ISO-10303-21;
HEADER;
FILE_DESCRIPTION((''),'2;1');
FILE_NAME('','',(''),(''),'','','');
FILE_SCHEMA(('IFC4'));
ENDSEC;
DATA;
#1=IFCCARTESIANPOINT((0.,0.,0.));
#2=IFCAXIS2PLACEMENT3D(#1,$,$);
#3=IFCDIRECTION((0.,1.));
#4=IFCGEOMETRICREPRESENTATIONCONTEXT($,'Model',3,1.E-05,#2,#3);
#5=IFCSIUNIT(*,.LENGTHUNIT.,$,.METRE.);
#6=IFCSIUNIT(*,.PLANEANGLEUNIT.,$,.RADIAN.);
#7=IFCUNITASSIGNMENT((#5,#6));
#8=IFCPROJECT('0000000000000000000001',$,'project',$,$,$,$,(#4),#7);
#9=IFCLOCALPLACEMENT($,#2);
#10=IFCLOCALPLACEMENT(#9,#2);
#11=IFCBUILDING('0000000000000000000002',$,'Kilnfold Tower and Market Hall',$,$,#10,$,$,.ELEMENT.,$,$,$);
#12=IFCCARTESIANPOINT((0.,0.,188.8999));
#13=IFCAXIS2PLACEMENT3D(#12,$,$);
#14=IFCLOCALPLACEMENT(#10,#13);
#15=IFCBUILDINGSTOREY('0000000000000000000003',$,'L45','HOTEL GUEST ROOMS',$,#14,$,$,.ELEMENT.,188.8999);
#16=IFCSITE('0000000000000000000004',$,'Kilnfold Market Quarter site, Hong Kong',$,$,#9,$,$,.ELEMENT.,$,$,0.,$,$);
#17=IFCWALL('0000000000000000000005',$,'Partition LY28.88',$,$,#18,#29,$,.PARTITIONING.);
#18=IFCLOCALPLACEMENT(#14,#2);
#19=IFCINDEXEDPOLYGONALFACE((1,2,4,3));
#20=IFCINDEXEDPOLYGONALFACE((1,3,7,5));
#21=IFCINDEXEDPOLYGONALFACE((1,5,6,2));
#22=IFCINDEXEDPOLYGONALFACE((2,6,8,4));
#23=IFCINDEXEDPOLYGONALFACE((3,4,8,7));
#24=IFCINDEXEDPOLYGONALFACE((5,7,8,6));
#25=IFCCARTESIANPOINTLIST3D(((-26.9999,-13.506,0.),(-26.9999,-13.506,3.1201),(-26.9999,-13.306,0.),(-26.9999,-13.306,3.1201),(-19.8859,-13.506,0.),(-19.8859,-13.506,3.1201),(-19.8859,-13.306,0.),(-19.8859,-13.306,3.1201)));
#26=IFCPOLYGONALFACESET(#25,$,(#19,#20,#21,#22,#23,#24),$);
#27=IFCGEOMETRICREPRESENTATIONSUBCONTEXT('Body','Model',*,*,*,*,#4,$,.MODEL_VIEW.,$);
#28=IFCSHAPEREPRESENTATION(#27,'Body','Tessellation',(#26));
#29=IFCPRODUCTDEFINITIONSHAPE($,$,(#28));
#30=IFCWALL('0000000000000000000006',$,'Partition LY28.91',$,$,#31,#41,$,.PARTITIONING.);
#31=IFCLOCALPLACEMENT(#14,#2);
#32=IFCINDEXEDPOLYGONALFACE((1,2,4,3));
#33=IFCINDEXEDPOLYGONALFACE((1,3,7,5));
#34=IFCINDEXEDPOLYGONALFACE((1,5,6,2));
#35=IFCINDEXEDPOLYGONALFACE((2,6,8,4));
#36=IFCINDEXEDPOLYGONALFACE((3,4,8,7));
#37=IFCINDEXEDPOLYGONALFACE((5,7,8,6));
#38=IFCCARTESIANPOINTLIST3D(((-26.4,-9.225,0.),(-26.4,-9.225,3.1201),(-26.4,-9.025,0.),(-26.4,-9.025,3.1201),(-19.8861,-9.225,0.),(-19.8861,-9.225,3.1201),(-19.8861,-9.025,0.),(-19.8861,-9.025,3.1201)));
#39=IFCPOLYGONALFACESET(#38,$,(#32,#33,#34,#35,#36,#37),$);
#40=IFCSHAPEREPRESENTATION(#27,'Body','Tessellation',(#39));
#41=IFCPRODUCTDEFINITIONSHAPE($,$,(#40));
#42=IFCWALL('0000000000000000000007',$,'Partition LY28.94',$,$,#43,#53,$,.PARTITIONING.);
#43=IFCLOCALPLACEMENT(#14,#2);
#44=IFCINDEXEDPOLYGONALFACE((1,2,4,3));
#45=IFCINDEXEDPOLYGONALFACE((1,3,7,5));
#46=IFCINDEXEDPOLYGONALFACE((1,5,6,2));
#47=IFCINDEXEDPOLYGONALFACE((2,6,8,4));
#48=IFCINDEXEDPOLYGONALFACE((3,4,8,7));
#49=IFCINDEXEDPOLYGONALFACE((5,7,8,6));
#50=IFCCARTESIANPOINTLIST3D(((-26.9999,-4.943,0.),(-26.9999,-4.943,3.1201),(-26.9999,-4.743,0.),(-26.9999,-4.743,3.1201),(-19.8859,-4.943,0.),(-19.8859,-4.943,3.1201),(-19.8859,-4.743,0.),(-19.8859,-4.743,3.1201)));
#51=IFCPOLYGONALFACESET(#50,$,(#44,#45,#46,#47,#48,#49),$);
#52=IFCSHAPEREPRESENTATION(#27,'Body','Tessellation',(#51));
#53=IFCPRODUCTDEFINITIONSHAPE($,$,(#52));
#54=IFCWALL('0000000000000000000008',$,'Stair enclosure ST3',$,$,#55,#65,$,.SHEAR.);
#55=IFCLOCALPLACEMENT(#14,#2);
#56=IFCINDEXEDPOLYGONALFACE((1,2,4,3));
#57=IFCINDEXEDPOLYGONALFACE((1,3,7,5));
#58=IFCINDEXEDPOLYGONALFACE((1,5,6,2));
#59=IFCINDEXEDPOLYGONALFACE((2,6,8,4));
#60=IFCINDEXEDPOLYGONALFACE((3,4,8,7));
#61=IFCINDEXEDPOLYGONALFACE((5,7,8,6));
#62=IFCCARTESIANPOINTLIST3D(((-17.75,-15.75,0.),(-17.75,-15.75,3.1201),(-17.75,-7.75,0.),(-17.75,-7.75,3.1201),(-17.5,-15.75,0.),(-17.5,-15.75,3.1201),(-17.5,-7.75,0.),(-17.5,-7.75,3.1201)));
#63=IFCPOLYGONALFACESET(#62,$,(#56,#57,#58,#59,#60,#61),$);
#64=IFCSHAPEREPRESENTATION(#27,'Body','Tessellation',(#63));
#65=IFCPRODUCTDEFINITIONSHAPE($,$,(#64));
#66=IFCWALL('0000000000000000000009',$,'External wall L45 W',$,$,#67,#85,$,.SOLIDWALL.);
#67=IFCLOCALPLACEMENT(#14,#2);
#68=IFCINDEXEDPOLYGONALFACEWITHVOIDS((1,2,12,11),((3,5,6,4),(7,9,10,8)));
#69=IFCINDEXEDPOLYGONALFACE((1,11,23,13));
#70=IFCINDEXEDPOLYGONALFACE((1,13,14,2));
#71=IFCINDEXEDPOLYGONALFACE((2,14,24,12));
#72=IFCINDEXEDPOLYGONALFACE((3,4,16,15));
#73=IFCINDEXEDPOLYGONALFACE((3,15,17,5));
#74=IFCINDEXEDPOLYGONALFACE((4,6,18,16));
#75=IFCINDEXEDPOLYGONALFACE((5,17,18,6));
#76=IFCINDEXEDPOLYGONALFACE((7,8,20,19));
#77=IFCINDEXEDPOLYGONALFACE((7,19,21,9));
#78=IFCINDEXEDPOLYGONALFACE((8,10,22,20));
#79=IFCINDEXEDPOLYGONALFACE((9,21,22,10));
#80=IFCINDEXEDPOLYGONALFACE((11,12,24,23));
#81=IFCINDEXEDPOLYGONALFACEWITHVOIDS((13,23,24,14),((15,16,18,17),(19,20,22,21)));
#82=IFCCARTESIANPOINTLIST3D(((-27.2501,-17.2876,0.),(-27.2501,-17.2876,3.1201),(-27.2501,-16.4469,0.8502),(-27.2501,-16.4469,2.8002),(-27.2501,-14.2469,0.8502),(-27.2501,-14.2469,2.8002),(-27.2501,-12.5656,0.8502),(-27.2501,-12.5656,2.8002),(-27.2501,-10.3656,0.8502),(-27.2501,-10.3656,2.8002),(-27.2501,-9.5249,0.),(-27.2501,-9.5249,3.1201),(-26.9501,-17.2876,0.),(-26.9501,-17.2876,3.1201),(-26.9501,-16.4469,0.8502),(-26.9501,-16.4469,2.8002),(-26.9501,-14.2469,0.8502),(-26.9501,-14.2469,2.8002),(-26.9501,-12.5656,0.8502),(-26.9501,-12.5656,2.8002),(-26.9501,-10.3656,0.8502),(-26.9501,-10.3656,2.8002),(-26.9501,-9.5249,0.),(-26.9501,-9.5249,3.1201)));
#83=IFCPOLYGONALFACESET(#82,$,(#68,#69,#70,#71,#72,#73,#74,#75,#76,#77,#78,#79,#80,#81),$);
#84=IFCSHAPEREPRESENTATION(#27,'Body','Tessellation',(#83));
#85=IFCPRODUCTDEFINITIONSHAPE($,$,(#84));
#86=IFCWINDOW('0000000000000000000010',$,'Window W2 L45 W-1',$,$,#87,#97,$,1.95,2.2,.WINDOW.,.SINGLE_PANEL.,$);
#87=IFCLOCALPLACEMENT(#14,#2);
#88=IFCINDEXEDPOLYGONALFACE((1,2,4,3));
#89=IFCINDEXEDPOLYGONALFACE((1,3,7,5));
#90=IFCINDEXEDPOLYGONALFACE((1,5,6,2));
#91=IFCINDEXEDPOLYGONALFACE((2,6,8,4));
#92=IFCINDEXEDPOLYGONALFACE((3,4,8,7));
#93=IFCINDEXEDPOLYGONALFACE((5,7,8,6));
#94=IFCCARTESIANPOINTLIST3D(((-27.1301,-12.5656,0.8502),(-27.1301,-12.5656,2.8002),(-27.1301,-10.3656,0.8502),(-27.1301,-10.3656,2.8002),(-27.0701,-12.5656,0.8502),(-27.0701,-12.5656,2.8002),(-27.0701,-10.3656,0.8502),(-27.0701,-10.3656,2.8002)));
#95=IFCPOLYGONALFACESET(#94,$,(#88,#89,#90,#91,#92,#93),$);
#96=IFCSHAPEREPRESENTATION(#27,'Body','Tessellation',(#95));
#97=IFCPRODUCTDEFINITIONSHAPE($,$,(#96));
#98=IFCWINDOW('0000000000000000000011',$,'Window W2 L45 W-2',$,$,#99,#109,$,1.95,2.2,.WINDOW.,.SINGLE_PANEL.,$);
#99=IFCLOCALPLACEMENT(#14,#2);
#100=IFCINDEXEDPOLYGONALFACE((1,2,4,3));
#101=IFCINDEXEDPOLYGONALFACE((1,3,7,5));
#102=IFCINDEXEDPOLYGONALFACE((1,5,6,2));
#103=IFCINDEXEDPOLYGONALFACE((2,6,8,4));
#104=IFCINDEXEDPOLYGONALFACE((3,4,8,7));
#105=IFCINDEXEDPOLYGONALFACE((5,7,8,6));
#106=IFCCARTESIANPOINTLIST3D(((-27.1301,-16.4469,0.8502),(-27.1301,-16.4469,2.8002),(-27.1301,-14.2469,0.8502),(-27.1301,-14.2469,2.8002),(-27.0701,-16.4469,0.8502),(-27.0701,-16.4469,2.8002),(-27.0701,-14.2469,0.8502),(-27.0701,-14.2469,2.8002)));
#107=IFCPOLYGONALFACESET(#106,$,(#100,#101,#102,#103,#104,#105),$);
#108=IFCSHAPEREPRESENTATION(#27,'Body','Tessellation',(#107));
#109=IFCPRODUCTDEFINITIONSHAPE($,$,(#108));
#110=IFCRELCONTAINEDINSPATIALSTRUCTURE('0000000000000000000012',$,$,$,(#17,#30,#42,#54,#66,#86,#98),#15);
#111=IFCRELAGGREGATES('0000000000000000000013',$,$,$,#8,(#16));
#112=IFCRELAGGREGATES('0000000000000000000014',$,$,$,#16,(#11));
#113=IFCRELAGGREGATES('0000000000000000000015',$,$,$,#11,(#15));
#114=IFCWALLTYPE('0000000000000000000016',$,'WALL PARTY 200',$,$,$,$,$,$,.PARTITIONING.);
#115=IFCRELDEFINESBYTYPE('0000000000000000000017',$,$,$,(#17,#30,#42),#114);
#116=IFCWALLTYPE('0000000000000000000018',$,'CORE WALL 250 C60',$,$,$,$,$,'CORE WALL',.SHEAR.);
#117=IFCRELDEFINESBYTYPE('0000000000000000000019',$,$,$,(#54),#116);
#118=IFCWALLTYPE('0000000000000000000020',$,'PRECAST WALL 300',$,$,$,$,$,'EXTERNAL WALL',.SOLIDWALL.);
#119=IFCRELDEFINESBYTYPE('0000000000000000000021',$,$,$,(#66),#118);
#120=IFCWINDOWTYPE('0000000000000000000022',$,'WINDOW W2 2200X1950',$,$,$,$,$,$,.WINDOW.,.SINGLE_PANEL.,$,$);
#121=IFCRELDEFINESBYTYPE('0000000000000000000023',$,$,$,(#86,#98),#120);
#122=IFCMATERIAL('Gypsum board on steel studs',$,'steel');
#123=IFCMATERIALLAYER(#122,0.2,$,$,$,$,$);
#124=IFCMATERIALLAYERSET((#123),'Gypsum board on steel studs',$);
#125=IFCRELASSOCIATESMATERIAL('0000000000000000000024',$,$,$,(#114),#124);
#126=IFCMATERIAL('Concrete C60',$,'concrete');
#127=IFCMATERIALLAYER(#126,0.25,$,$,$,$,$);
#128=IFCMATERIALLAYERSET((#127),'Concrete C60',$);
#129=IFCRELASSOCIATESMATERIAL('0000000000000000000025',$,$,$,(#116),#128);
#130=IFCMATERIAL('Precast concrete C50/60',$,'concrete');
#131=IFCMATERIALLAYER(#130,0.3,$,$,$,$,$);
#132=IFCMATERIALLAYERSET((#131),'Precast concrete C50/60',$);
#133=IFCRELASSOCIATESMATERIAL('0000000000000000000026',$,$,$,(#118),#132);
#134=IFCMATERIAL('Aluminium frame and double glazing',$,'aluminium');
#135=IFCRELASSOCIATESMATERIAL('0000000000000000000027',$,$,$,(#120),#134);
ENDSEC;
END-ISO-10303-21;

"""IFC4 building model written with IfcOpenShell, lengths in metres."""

from ifc_helpers import new_model, si_unit, direction, frame, frame_2d, origin, place, context, subcontext, project, spatial, rectangle, extrude, source, transform, mapped, material, layer, layer_set, type_object, element, fill, save


model = new_model("IFC4")

# Units and contexts
model_context = context("Model", 3, precision=1e-05, world=origin(), true_north=direction((0.0, 1.0)))
body_context = subcontext(model_context, "Body", "Model", "MODEL_VIEW")
ifc_project = project(units=[si_unit("LENGTHUNIT", "METRE"), si_unit("PLANEANGLEUNIT", "RADIAN")], contexts=[model_context])

# Site, building, storey
site_placement = place(None, origin())
site = spatial("IfcSite", under=ifc_project, at=site_placement, Name="Kilnfold Market Quarter site, Hong Kong", CompositionType="ELEMENT", RefElevation=0.0)
building_placement = place(site_placement, origin())
building = spatial("IfcBuilding", under=site, at=building_placement, Name="Kilnfold Tower and Market Hall", CompositionType="ELEMENT")
storey_placement = place(building_placement, frame((0.0, 0.0, 188.8999)))
storey = spatial("IfcBuildingStorey", under=building, at=storey_placement, Name="L45", Description="HOTEL GUEST ROOMS", CompositionType="ELEMENT", Elevation=188.8999)

# Walls
ifc_material_1 = material(Name="Gypsum board on steel studs", Category="steel")
ifc_layer_1 = layer(ifc_material_1, 0.2)
ifc_layer_set_1 = layer_set([ifc_layer_1], Name="Gypsum board on steel studs")
wall_type_1 = type_object("IfcWallType", Name="WALL PARTY 200", PredefinedType="PARTITIONING", material=ifc_layer_set_1)
wall_1_placement = place(storey_placement, frame((-27.0, -13.406, 0.0), z_axis=(0.0, 0.0, 1.0), x_axis=(1.0, 0.0, 0.0)))
element("IfcWall", 1, at=wall_1_placement, inside=storey, type_object=wall_type_1, Name="Partition LY28.88", PredefinedType="PARTITIONING", context=body_context, shape_type="SweptSolid", body=[
    extrude(rectangle(XDim=7.114, YDim=0.2, at=frame_2d((3.5571, 0.0))), origin(), (0.0, 0.0, 1.0), 3.1201),
])
wall_2_placement = place(storey_placement, frame((-26.3999, -9.125, 0.0), z_axis=(0.0, 0.0, 1.0), x_axis=(1.0, 0.0, 0.0)))
element("IfcWall", 2, at=wall_2_placement, inside=storey, type_object=wall_type_1, Name="Partition LY28.91", PredefinedType="PARTITIONING", context=body_context, shape_type="SweptSolid", body=[
    extrude(rectangle(XDim=6.5139, YDim=0.2, at=frame_2d((3.2568, 0.0))), origin(), (0.0, 0.0, 1.0), 3.1201),
])
wall_3_placement = place(storey_placement, frame((-27.0, -4.843, 0.0), z_axis=(0.0, 0.0, 1.0), x_axis=(1.0, 0.0, 0.0)))
element("IfcWall", 3, at=wall_3_placement, inside=storey, type_object=wall_type_1, Name="Partition LY28.94", PredefinedType="PARTITIONING", context=body_context, shape_type="SweptSolid", body=[
    extrude(rectangle(XDim=7.114, YDim=0.2, at=frame_2d((3.5571, 0.0))), origin(), (0.0, 0.0, 1.0), 3.1201),
])
ifc_material_2 = material(Name="Concrete C60", Category="concrete")
ifc_layer_2 = layer(ifc_material_2, 0.25)
ifc_layer_set_2 = layer_set([ifc_layer_2], Name="Concrete C60")
wall_type_2 = type_object("IfcWallType", Name="CORE WALL 250 C60", ElementType="CORE WALL", PredefinedType="SHEAR", material=ifc_layer_set_2)
shared_shape_1 = source(origin(), body_context, "Body", "SweptSolid", [
    extrude(rectangle(XDim=8.0, YDim=0.25, at=frame_2d((4.0, 0.0))), origin(), (0.0, 0.0, 1.0), 3.1201),
])
wall_4_placement = place(storey_placement, frame((-17.625, -15.75, 0.0), z_axis=(0.0, 0.0, 1.0), x_axis=(0.0, 1.0, 0.0)))
element("IfcWall", 4, at=wall_4_placement, inside=storey, type_object=wall_type_2, Name="Stair enclosure ST3", PredefinedType="SHEAR", context=body_context, shape_type="MappedRepresentation", body=[
    mapped(shared_shape_1, transform((0.0, 0.0, 0.0))),
])

# Wall, openings, windows
ifc_material_3 = material(Name="Precast concrete C50/60", Category="concrete")
ifc_layer_3 = layer(ifc_material_3, 0.3)
ifc_layer_set_3 = layer_set([ifc_layer_3], Name="Precast concrete C50/60")
wall_type_3 = type_object("IfcWallType", Name="PRECAST WALL 300", ElementType="EXTERNAL WALL", PredefinedType="SOLIDWALL", material=ifc_layer_set_3)
shared_shape_2 = source(origin(), body_context, "Body", "SweptSolid", [
    extrude(rectangle(XDim=7.7627, YDim=0.3, at=frame_2d((3.8813, 0.0))), origin(), (0.0, 0.0, 1.0), 3.1201),
])
wall_5_placement = place(storey_placement, frame((-27.1001, -9.5249, 0.0), z_axis=(0.0, 0.0, 1.0), x_axis=(0.0, -1.0, 0.0)))
wall_5 = element("IfcWall", 5, at=wall_5_placement, inside=storey, type_object=wall_type_3, Name="External wall L45 W", PredefinedType="SOLIDWALL", context=body_context, shape_type="MappedRepresentation", body=[
    mapped(shared_shape_2, transform((0.0, 0.0, 0.0))),
])
opening_1_placement = place(wall_5_placement, frame((0.8406, 0.0, 0.8501)))
opening_1 = element("IfcOpeningElement", 6, at=opening_1_placement, cuts=wall_5, PredefinedType="OPENING", context=body_context, shape_type="SweptSolid", body=[
    extrude(rectangle(XDim=2.2, YDim=1.95, at=frame_2d((1.1001, 0.9751))), frame((0.0, 0.1602, 0.0), z_axis=(0.0, -1.0, 0.0), x_axis=(1.0, 0.0, 0.0)), (0.0, 0.0, 1.0), 0.3201),
])
opening_2_placement = place(wall_5_placement, frame((4.7219, 0.0, 0.8501)))
opening_2 = element("IfcOpeningElement", 7, at=opening_2_placement, cuts=wall_5, PredefinedType="OPENING", context=body_context, shape_type="SweptSolid", body=[
    extrude(rectangle(XDim=2.2, YDim=1.95, at=frame_2d((1.1001, 0.9751))), frame((0.0, 0.1602, 0.0), z_axis=(0.0, -1.0, 0.0), x_axis=(1.0, 0.0, 0.0)), (0.0, 0.0, 1.0), 0.3201),
])
ifc_material_4 = material(Name="Aluminium frame and double glazing", Category="aluminium")
window_type = type_object("IfcWindowType", Name="WINDOW W2 2200X1950", PartitioningType="SINGLE_PANEL", PredefinedType="WINDOW", material=ifc_material_4)
window_1_placement = place(opening_1_placement, origin())
window_1 = element("IfcWindow", 8, at=window_1_placement, inside=storey, type_object=window_type, Name="Window W2 L45 W-1", OverallHeight=1.95, OverallWidth=2.2, PartitioningType="SINGLE_PANEL", PredefinedType="WINDOW", context=body_context, shape_type="SweptSolid", body=[
    extrude(rectangle(XDim=2.2, YDim=1.95, at=frame_2d((1.1001, 0.9751))), frame((0.0, 0.03, 0.0), z_axis=(0.0, -1.0, 0.0), x_axis=(1.0, 0.0, 0.0)), (0.0, 0.0, 1.0), 0.0601),
])
fill(opening_1, window_1)
window_2_placement = place(opening_2_placement, origin())
window_2 = element("IfcWindow", 9, at=window_2_placement, inside=storey, type_object=window_type, Name="Window W2 L45 W-2", OverallHeight=1.95, OverallWidth=2.2, PartitioningType="SINGLE_PANEL", PredefinedType="WINDOW", context=body_context, shape_type="SweptSolid", body=[
    extrude(rectangle(XDim=2.2, YDim=1.95, at=frame_2d((1.1001, 0.9751))), frame((0.0, 0.03, 0.0), z_axis=(0.0, -1.0, 0.0), x_axis=(1.0, 0.0, 0.0)), (0.0, 0.0, 1.0), 0.0601),
])
fill(opening_2, window_2)

save(model, "model.ifc")
